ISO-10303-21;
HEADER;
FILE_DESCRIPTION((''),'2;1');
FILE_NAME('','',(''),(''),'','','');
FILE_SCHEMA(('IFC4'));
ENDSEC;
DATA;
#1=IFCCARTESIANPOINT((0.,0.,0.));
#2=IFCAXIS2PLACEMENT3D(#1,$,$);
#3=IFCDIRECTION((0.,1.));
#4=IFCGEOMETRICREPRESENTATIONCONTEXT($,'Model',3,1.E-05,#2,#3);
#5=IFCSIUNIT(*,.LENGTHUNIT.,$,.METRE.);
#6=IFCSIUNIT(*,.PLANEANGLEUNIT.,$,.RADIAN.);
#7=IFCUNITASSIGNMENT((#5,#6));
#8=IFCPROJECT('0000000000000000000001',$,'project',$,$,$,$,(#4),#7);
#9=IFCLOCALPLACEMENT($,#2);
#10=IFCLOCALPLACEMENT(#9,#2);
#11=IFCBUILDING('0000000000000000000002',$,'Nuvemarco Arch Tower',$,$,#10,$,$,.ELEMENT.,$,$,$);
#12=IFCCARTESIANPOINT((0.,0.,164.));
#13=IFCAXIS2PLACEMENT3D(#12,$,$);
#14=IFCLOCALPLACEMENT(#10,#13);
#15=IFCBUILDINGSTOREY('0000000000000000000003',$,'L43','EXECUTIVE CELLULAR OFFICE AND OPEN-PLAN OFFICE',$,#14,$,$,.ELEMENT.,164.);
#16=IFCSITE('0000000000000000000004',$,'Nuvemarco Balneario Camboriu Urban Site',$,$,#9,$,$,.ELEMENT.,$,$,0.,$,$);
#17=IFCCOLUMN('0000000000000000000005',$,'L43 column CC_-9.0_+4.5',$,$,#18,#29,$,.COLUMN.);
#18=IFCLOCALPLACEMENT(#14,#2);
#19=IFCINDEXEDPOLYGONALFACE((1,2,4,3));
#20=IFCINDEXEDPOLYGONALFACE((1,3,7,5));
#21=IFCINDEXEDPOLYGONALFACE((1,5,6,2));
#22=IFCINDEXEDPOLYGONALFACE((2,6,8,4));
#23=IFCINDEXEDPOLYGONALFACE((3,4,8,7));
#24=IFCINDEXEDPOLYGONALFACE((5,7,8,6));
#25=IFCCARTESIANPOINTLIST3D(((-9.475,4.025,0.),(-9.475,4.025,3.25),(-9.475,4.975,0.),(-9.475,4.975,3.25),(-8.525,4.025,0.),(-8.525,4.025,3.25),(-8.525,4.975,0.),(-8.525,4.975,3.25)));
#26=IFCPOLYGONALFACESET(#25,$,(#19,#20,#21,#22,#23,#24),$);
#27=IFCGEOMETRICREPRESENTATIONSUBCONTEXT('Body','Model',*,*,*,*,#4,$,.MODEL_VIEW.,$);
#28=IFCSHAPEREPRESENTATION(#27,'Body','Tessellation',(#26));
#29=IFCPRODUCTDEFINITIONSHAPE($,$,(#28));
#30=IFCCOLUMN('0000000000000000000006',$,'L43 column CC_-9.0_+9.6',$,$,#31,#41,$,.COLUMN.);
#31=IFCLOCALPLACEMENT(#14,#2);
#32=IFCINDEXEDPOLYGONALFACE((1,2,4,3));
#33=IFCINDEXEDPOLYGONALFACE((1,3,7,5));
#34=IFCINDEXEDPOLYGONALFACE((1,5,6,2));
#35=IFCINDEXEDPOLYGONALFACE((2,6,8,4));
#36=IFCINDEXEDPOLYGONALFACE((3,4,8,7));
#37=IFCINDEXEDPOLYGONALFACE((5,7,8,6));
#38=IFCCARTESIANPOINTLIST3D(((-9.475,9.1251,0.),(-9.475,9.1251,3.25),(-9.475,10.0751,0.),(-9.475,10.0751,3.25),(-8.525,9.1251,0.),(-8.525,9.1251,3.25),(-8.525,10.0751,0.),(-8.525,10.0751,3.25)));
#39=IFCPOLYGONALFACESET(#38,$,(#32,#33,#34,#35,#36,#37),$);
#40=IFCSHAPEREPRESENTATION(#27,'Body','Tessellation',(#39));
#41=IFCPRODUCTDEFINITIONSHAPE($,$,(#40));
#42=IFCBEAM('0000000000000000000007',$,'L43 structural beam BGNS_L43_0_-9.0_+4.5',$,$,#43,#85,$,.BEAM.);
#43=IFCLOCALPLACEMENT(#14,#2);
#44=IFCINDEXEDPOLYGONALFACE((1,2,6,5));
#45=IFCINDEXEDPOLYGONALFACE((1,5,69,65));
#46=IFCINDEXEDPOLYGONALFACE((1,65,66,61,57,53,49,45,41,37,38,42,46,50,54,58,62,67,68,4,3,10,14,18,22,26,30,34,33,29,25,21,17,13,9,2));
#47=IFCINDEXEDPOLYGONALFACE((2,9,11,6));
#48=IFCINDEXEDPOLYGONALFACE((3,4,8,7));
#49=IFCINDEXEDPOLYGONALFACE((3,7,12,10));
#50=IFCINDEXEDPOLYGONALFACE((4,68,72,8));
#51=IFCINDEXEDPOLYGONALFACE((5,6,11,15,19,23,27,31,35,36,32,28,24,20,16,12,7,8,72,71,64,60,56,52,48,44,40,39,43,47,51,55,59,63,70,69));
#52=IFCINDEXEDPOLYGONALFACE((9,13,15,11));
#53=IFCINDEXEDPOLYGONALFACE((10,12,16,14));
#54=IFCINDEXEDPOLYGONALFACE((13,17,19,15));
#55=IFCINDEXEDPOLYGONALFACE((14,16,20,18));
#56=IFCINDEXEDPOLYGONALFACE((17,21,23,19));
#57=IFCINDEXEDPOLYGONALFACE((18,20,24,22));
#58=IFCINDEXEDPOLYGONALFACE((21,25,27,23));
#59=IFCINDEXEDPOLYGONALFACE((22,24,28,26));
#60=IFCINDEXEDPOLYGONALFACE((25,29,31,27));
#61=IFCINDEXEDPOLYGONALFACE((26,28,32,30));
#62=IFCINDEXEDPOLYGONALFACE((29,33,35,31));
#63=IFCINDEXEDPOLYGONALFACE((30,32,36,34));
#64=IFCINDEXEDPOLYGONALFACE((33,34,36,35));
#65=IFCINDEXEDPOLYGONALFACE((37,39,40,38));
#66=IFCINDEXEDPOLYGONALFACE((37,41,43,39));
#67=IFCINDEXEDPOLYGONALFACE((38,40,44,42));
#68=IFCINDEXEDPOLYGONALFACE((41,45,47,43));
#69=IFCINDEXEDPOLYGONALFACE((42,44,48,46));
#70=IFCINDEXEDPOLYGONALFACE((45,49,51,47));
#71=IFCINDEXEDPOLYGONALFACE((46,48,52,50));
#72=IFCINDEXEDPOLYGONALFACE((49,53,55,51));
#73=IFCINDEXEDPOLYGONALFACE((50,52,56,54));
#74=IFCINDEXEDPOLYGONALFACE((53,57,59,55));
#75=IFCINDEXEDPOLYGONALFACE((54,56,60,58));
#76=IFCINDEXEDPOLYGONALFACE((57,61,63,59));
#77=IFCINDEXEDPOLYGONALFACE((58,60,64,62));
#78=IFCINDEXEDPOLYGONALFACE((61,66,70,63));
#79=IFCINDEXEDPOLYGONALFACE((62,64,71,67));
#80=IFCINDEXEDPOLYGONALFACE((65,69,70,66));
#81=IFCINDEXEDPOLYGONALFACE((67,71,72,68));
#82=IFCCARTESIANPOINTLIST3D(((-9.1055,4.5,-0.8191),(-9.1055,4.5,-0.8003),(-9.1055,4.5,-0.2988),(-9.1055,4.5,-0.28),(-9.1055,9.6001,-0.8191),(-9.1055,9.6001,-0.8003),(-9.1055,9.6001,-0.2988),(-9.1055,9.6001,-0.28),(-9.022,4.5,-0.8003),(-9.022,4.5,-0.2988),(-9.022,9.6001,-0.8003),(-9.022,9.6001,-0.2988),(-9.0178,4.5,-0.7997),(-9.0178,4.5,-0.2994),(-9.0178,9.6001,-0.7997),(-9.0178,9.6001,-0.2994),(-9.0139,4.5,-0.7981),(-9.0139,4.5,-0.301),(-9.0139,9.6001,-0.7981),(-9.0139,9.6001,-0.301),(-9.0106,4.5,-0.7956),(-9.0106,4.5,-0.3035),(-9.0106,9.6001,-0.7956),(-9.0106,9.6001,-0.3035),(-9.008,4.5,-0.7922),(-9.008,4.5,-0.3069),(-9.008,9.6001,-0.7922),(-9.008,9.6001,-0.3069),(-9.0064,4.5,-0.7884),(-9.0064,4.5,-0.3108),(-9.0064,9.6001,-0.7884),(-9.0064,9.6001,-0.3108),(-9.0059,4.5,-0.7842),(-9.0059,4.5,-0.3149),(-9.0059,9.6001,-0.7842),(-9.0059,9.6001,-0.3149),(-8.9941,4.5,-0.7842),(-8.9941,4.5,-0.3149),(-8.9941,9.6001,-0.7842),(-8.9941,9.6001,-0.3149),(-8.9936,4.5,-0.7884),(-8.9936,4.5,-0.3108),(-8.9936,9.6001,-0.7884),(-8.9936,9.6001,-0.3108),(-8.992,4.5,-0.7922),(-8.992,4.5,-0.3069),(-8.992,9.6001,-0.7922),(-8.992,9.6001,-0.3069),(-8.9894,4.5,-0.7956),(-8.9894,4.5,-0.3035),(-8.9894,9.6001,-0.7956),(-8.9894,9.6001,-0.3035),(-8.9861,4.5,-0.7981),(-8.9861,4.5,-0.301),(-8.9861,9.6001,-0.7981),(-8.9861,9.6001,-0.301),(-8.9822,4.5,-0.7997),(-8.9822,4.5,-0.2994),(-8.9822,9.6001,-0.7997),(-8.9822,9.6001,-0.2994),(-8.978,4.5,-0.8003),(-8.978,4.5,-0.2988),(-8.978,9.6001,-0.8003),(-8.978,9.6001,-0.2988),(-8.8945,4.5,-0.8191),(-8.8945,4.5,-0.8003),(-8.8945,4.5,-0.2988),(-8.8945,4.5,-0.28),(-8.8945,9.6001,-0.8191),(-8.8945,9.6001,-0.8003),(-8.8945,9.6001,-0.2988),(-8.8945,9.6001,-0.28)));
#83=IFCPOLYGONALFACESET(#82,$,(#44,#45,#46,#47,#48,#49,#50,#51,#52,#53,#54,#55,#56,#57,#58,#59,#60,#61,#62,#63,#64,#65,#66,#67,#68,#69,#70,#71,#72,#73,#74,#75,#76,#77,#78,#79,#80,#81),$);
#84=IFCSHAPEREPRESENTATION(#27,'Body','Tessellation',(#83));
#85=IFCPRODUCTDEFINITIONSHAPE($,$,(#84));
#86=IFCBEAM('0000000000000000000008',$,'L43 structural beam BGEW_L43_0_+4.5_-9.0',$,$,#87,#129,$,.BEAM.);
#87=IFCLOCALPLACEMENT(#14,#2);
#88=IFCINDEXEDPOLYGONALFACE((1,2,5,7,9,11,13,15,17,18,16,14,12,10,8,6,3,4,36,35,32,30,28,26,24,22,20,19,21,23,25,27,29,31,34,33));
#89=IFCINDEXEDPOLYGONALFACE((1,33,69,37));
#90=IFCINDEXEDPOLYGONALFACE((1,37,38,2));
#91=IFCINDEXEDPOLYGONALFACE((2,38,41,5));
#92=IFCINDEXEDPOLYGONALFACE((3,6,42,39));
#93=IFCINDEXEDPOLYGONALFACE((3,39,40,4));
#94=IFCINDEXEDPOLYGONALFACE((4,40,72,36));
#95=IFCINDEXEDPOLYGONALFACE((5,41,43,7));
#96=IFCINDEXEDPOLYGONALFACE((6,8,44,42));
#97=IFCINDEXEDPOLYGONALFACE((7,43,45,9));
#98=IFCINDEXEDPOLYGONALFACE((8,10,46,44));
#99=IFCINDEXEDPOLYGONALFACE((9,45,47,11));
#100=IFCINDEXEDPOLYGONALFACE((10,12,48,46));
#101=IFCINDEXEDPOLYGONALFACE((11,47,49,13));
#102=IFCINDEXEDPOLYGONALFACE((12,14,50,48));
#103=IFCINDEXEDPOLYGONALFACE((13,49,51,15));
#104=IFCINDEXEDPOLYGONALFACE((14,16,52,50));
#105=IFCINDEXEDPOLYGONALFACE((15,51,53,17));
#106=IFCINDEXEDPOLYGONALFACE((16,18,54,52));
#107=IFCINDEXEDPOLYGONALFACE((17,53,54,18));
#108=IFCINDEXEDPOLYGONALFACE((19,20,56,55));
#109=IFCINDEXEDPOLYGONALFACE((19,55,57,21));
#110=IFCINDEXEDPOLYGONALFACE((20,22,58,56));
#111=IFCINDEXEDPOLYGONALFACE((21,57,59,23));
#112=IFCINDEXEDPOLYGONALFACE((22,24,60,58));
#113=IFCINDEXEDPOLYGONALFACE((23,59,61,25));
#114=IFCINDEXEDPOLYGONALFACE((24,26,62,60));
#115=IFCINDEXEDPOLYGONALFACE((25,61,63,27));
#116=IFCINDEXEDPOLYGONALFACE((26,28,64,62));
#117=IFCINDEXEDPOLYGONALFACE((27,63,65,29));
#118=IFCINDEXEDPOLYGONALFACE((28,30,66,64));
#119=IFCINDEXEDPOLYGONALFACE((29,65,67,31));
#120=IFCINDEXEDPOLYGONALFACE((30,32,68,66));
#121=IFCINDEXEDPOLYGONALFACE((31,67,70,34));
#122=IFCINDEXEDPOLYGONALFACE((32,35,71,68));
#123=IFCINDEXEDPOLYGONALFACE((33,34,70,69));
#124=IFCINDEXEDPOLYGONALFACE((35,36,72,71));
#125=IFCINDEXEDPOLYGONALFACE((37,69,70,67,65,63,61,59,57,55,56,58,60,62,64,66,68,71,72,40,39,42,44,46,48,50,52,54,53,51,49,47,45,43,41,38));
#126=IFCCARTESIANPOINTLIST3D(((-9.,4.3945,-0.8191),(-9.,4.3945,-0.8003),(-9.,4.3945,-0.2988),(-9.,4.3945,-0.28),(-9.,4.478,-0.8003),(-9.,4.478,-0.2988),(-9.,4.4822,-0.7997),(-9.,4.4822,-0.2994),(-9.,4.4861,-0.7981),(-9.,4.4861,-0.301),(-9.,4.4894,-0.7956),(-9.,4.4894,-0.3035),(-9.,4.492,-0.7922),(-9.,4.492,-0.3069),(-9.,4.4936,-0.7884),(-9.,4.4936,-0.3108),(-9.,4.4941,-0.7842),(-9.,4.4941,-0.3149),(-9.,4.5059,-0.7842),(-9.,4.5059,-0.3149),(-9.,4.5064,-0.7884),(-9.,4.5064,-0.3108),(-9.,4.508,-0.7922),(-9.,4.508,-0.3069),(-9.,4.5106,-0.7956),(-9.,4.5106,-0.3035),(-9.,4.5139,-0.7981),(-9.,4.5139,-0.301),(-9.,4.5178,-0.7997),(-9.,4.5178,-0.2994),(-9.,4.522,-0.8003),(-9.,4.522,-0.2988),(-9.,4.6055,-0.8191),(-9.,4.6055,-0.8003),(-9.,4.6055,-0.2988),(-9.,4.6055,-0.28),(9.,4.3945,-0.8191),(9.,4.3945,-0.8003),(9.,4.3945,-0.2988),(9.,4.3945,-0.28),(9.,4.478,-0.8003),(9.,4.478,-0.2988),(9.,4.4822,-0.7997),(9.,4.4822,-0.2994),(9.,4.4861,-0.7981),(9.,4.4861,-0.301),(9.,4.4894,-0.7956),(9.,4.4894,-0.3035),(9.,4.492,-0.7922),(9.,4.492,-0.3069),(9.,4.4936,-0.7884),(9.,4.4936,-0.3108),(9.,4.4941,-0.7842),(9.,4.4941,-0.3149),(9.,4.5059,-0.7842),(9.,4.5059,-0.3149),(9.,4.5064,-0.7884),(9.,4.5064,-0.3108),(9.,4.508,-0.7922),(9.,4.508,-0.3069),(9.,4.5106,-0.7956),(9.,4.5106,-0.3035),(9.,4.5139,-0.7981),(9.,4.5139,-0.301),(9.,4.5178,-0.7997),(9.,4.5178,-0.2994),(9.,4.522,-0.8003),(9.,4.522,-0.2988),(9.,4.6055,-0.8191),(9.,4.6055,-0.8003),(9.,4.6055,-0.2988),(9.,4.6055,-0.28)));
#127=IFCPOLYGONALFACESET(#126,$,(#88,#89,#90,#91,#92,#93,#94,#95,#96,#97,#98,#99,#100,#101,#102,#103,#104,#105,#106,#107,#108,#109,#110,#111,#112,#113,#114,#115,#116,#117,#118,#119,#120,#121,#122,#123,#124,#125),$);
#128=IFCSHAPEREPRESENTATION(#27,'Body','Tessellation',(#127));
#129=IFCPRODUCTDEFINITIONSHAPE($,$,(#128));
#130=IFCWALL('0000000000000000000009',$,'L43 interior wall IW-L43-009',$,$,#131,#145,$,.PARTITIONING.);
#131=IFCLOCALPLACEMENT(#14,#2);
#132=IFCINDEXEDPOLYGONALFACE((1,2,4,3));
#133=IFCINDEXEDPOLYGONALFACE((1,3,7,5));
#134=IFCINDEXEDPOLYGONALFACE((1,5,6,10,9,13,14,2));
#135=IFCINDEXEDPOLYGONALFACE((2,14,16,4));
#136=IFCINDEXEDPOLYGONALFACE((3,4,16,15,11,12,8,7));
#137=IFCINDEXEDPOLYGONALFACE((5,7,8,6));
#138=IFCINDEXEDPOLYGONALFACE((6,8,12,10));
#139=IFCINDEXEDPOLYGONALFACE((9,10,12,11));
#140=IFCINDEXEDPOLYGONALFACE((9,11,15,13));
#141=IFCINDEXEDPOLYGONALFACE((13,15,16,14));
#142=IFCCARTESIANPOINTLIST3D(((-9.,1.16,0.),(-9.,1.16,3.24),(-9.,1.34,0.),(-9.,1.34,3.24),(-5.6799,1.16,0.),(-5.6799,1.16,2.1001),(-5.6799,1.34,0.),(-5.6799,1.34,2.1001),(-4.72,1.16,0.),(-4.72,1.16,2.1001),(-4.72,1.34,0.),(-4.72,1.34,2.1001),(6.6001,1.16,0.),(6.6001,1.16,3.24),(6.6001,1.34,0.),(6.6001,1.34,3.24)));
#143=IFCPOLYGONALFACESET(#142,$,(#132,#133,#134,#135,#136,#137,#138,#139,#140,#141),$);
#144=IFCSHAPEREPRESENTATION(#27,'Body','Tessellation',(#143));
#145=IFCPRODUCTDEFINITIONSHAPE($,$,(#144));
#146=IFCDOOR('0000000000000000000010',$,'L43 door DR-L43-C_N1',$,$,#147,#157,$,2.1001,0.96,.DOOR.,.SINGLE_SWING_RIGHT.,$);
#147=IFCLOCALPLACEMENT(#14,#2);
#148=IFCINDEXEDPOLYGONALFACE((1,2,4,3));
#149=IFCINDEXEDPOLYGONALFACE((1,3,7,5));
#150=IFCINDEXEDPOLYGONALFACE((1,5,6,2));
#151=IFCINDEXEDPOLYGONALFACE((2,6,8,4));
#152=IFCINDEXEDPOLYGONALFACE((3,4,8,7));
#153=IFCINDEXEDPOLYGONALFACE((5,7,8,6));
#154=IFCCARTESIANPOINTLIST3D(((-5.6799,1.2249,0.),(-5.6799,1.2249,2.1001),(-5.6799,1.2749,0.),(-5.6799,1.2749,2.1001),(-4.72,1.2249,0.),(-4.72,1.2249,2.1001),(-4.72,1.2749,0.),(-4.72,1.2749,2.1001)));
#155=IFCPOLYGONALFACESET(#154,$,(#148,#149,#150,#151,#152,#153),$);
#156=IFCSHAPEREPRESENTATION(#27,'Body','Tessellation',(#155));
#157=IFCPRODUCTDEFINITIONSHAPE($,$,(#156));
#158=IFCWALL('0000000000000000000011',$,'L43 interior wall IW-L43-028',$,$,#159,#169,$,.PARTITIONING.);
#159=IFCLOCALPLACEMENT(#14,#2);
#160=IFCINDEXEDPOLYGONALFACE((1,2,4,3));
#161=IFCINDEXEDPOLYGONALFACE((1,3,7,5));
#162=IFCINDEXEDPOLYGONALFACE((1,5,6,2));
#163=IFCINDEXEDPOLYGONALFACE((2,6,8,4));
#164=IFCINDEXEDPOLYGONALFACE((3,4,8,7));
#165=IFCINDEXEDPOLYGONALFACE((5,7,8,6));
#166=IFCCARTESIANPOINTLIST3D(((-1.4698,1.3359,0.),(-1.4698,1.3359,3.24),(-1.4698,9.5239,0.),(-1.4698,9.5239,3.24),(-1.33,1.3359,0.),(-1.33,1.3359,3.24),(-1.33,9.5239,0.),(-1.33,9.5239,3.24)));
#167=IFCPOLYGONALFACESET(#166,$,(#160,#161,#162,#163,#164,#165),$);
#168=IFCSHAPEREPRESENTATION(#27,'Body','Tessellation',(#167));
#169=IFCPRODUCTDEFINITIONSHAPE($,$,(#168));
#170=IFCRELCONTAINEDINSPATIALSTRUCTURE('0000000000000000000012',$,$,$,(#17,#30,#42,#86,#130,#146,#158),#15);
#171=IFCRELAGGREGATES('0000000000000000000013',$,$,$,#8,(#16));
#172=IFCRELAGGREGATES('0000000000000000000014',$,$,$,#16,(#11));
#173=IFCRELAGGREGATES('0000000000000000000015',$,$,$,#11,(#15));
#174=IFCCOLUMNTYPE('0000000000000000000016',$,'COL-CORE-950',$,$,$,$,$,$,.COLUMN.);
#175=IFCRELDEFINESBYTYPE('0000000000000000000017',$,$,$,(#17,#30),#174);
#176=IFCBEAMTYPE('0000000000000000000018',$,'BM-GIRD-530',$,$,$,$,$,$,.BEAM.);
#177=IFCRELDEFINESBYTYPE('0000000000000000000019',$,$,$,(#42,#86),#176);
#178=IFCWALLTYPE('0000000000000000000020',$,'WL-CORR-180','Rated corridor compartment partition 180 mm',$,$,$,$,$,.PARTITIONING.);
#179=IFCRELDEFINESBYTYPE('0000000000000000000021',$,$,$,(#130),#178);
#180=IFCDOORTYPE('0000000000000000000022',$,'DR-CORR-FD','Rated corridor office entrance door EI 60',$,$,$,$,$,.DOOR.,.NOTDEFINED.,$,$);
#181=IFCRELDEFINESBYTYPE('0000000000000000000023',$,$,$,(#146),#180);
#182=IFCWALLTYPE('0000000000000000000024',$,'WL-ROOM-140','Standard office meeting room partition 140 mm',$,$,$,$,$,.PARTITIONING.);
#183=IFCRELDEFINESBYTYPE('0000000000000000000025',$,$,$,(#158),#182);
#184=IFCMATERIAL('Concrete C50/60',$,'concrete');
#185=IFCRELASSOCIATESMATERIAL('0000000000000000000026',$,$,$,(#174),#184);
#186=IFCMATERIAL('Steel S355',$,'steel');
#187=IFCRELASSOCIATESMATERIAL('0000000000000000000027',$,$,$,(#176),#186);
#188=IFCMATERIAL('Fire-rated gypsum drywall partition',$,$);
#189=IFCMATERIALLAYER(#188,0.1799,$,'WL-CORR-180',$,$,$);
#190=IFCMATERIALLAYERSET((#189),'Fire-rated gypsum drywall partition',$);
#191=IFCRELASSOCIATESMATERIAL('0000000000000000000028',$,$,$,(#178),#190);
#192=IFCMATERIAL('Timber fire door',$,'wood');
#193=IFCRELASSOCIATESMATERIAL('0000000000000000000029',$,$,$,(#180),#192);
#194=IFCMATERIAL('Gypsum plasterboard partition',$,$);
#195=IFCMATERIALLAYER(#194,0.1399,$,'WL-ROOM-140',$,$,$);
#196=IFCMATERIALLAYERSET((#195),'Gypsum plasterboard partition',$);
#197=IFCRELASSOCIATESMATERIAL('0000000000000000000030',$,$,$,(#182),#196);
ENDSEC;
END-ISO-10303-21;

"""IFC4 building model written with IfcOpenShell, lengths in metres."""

from ifc_helpers import new_model, si_unit, direction, frame, frame_2d, origin, origin_2d, place, context, subcontext, project, spatial, rectangle, i_section, extrude, source, transform, mapped, material, layer, layer_set, material_profile, profile_set, type_object, type_shapes, element, fill, save


model = new_model("IFC4")

# Units and contexts
model_context = context("Model", 3, precision=1e-05, world=origin(), true_north=direction((0.0, 1.0)))
body_context = subcontext(model_context, "Body", "Model", "MODEL_VIEW")
ifc_project = project(units=[si_unit("LENGTHUNIT", "METRE"), si_unit("PLANEANGLEUNIT", "RADIAN")], contexts=[model_context])

# Site, building, storey
site_placement = place(None, origin())
site = spatial("IfcSite", under=ifc_project, at=site_placement, Name="Nuvemarco Balneario Camboriu Urban Site", CompositionType="ELEMENT", RefElevation=0.0)
building_placement = place(site_placement, origin())
building = spatial("IfcBuilding", under=site, at=building_placement, Name="Nuvemarco Arch Tower", CompositionType="ELEMENT")
storey_placement = place(building_placement, frame((0.0, 0.0, 164.0)))
storey = spatial("IfcBuildingStorey", under=building, at=storey_placement, Name="L43", Description="EXECUTIVE CELLULAR OFFICE AND OPEN-PLAN OFFICE", CompositionType="ELEMENT", Elevation=164.0)

# Columns
ifc_material_1 = material(Name="Concrete C50/60", Category="concrete")
ifc_material_profile_1 = material_profile(ifc_material_1, rectangle(XDim=0.95, YDim=0.95, at=origin_2d()), Name="RC-COL-950x950")
ifc_profile_set_1 = profile_set([ifc_material_profile_1], Name="Concrete C50/60")
column_type = type_object("IfcColumnType", Name="COL-CORE-950", PredefinedType="COLUMN", material=ifc_profile_set_1)
for number, where, z_axis, x_axis, name in (
    (1, (-9.0, 4.5, 0.0), (0.0, 0.0, 1.0), (1.0, 0.0, 0.0), "L43 column CC_-9.0_+4.5"),
    (2, (-9.0, 9.6001, 0.0), (0.0, 0.0, 1.0), (1.0, 0.0, 0.0), "L43 column CC_-9.0_+9.6"),
):
    element("IfcColumn", number, at=place(storey_placement, frame(where, z_axis=z_axis, x_axis=x_axis)), inside=storey, type_object=column_type, Name=name, PredefinedType="COLUMN", context=body_context, shape_type="SweptSolid", body=[
        extrude(rectangle(XDim=0.95, YDim=0.95, at=origin_2d()), origin(), (0.0, 0.0, 1.0), 3.25),
    ])

# Beams
ifc_material_2 = material(Name="Steel S355", Category="steel")
ifc_material_profile_2 = material_profile(ifc_material_2, i_section(OverallWidth=0.2109, OverallDepth=0.5391, WebThickness=0.0117, FlangeThickness=0.0188, FilletRadius=0.0161, at=origin_2d()), Name="W530x109")
ifc_profile_set_2 = profile_set([ifc_material_profile_2], Name="Steel S355")
beam_type = type_object("IfcBeamType", Name="BM-GIRD-530", PredefinedType="BEAM", material=ifc_profile_set_2)
beam_1_placement = place(storey_placement, frame((-9.0, 4.5, -0.5496), z_axis=(0.0, 1.0, 0.0), x_axis=(-1.0, 0.0, 0.0)))
element("IfcBeam", 3, at=beam_1_placement, inside=storey, type_object=beam_type, Name="L43 structural beam BGNS_L43_0_-9.0_+4.5", PredefinedType="BEAM", context=body_context, shape_type="SweptSolid", body=[
    extrude(i_section(OverallWidth=0.2109, OverallDepth=0.5391, WebThickness=0.0117, FlangeThickness=0.0188, FilletRadius=0.0161, at=origin_2d()), origin(), (0.0, 0.0, 1.0), 5.1001),
])
beam_2_placement = place(storey_placement, frame((-9.0, 4.5, -0.5496), z_axis=(1.0, 0.0, 0.0), x_axis=(0.0, 1.0, 0.0)))
element("IfcBeam", 4, at=beam_2_placement, inside=storey, type_object=beam_type, Name="L43 structural beam BGEW_L43_0_+4.5_-9.0", PredefinedType="BEAM", context=body_context, shape_type="SweptSolid", body=[
    extrude(i_section(OverallWidth=0.2109, OverallDepth=0.5391, WebThickness=0.0117, FlangeThickness=0.0188, FilletRadius=0.0161, at=origin_2d()), origin(), (0.0, 0.0, 1.0), 18.0),
])

# Wall, opening, door
ifc_material_3 = material(Name="Fire-rated gypsum drywall partition")
ifc_layer_1 = layer(ifc_material_3, 0.1799, Name="WL-CORR-180")
ifc_layer_set_1 = layer_set([ifc_layer_1], Name="Fire-rated gypsum drywall partition")
wall_type_1 = type_object("IfcWallType", Name="WL-CORR-180", Description="Rated corridor compartment partition 180 mm", PredefinedType="PARTITIONING", material=ifc_layer_set_1)
wall_1_placement = place(storey_placement, frame((-9.0, 1.25, 0.0), z_axis=(0.0, 0.0, 1.0), x_axis=(1.0, 0.0, 0.0)))
wall_1 = element("IfcWall", 5, at=wall_1_placement, inside=storey, type_object=wall_type_1, Name="L43 interior wall IW-L43-009", PredefinedType="PARTITIONING", context=body_context, shape_type="SweptSolid", body=[
    extrude(rectangle(XDim=15.6001, YDim=0.1799, at=frame_2d((7.8, 0.0))), origin(), (0.0, 0.0, 1.0), 3.24),
])
opening_1_placement = place(wall_1_placement, frame((3.3201, 0.0, 0.0)))
opening_1 = element("IfcOpeningElement", 6, at=opening_1_placement, cuts=wall_1, PredefinedType="OPENING", context=body_context, shape_type="SweptSolid", body=[
    extrude(rectangle(XDim=0.96, YDim=2.1001, at=frame_2d((0.48, 1.05))), frame((0.0, 0.0999, 0.0), z_axis=(0.0, -1.0, 0.0), x_axis=(1.0, 0.0, 0.0)), (0.0, 0.0, 1.0), 0.2),
])
ifc_material_4 = material(Name="Timber fire door", Category="wood")
door_type_1 = type_object("IfcDoorType", Name="DR-CORR-FD", Description="Rated corridor office entrance door EI 60", OperationType="NOTDEFINED", PredefinedType="DOOR", material=ifc_material_4)
shared_shape_1 = source(origin(), body_context, "Body", "SweptSolid", [
    extrude(rectangle(XDim=0.96, YDim=2.1001, at=frame_2d((0.48, 1.05))), frame((0.0, 0.0249, 0.0), z_axis=(0.0, -1.0, 0.0), x_axis=(1.0, 0.0, 0.0)), (0.0, 0.0, 1.0), 0.05),
])
type_shapes(door_type_1, [shared_shape_1])
door_1_placement = place(opening_1_placement, origin())
door_1 = element("IfcDoor", 7, at=door_1_placement, inside=storey, type_object=door_type_1, Name="L43 door DR-L43-C_N1", OperationType="SINGLE_SWING_RIGHT", OverallHeight=2.1001, OverallWidth=0.96, PredefinedType="DOOR", context=body_context, shape_type="MappedRepresentation", body=[
    mapped(shared_shape_1, transform((0.0, 0.0, 0.0), scale=1.0)),
])
fill(opening_1, door_1)

# Wall
ifc_material_5 = material(Name="Gypsum plasterboard partition")
ifc_layer_2 = layer(ifc_material_5, 0.1399, Name="WL-ROOM-140")
ifc_layer_set_2 = layer_set([ifc_layer_2], Name="Gypsum plasterboard partition")
wall_type_2 = type_object("IfcWallType", Name="WL-ROOM-140", Description="Standard office meeting room partition 140 mm", PredefinedType="PARTITIONING", material=ifc_layer_set_2)
wall_2_placement = place(storey_placement, frame((-1.3999, 1.3359, 0.0), z_axis=(0.0, 0.0, 1.0), x_axis=(0.0, 1.0, 0.0)))
element("IfcWall", 8, at=wall_2_placement, inside=storey, type_object=wall_type_2, Name="L43 interior wall IW-L43-028", PredefinedType="PARTITIONING", context=body_context, shape_type="SweptSolid", body=[
    extrude(rectangle(XDim=8.188, YDim=0.1399, at=frame_2d((4.094, 0.0))), origin(), (0.0, 0.0, 1.0), 3.24),
])

save(model, "model.ifc")
